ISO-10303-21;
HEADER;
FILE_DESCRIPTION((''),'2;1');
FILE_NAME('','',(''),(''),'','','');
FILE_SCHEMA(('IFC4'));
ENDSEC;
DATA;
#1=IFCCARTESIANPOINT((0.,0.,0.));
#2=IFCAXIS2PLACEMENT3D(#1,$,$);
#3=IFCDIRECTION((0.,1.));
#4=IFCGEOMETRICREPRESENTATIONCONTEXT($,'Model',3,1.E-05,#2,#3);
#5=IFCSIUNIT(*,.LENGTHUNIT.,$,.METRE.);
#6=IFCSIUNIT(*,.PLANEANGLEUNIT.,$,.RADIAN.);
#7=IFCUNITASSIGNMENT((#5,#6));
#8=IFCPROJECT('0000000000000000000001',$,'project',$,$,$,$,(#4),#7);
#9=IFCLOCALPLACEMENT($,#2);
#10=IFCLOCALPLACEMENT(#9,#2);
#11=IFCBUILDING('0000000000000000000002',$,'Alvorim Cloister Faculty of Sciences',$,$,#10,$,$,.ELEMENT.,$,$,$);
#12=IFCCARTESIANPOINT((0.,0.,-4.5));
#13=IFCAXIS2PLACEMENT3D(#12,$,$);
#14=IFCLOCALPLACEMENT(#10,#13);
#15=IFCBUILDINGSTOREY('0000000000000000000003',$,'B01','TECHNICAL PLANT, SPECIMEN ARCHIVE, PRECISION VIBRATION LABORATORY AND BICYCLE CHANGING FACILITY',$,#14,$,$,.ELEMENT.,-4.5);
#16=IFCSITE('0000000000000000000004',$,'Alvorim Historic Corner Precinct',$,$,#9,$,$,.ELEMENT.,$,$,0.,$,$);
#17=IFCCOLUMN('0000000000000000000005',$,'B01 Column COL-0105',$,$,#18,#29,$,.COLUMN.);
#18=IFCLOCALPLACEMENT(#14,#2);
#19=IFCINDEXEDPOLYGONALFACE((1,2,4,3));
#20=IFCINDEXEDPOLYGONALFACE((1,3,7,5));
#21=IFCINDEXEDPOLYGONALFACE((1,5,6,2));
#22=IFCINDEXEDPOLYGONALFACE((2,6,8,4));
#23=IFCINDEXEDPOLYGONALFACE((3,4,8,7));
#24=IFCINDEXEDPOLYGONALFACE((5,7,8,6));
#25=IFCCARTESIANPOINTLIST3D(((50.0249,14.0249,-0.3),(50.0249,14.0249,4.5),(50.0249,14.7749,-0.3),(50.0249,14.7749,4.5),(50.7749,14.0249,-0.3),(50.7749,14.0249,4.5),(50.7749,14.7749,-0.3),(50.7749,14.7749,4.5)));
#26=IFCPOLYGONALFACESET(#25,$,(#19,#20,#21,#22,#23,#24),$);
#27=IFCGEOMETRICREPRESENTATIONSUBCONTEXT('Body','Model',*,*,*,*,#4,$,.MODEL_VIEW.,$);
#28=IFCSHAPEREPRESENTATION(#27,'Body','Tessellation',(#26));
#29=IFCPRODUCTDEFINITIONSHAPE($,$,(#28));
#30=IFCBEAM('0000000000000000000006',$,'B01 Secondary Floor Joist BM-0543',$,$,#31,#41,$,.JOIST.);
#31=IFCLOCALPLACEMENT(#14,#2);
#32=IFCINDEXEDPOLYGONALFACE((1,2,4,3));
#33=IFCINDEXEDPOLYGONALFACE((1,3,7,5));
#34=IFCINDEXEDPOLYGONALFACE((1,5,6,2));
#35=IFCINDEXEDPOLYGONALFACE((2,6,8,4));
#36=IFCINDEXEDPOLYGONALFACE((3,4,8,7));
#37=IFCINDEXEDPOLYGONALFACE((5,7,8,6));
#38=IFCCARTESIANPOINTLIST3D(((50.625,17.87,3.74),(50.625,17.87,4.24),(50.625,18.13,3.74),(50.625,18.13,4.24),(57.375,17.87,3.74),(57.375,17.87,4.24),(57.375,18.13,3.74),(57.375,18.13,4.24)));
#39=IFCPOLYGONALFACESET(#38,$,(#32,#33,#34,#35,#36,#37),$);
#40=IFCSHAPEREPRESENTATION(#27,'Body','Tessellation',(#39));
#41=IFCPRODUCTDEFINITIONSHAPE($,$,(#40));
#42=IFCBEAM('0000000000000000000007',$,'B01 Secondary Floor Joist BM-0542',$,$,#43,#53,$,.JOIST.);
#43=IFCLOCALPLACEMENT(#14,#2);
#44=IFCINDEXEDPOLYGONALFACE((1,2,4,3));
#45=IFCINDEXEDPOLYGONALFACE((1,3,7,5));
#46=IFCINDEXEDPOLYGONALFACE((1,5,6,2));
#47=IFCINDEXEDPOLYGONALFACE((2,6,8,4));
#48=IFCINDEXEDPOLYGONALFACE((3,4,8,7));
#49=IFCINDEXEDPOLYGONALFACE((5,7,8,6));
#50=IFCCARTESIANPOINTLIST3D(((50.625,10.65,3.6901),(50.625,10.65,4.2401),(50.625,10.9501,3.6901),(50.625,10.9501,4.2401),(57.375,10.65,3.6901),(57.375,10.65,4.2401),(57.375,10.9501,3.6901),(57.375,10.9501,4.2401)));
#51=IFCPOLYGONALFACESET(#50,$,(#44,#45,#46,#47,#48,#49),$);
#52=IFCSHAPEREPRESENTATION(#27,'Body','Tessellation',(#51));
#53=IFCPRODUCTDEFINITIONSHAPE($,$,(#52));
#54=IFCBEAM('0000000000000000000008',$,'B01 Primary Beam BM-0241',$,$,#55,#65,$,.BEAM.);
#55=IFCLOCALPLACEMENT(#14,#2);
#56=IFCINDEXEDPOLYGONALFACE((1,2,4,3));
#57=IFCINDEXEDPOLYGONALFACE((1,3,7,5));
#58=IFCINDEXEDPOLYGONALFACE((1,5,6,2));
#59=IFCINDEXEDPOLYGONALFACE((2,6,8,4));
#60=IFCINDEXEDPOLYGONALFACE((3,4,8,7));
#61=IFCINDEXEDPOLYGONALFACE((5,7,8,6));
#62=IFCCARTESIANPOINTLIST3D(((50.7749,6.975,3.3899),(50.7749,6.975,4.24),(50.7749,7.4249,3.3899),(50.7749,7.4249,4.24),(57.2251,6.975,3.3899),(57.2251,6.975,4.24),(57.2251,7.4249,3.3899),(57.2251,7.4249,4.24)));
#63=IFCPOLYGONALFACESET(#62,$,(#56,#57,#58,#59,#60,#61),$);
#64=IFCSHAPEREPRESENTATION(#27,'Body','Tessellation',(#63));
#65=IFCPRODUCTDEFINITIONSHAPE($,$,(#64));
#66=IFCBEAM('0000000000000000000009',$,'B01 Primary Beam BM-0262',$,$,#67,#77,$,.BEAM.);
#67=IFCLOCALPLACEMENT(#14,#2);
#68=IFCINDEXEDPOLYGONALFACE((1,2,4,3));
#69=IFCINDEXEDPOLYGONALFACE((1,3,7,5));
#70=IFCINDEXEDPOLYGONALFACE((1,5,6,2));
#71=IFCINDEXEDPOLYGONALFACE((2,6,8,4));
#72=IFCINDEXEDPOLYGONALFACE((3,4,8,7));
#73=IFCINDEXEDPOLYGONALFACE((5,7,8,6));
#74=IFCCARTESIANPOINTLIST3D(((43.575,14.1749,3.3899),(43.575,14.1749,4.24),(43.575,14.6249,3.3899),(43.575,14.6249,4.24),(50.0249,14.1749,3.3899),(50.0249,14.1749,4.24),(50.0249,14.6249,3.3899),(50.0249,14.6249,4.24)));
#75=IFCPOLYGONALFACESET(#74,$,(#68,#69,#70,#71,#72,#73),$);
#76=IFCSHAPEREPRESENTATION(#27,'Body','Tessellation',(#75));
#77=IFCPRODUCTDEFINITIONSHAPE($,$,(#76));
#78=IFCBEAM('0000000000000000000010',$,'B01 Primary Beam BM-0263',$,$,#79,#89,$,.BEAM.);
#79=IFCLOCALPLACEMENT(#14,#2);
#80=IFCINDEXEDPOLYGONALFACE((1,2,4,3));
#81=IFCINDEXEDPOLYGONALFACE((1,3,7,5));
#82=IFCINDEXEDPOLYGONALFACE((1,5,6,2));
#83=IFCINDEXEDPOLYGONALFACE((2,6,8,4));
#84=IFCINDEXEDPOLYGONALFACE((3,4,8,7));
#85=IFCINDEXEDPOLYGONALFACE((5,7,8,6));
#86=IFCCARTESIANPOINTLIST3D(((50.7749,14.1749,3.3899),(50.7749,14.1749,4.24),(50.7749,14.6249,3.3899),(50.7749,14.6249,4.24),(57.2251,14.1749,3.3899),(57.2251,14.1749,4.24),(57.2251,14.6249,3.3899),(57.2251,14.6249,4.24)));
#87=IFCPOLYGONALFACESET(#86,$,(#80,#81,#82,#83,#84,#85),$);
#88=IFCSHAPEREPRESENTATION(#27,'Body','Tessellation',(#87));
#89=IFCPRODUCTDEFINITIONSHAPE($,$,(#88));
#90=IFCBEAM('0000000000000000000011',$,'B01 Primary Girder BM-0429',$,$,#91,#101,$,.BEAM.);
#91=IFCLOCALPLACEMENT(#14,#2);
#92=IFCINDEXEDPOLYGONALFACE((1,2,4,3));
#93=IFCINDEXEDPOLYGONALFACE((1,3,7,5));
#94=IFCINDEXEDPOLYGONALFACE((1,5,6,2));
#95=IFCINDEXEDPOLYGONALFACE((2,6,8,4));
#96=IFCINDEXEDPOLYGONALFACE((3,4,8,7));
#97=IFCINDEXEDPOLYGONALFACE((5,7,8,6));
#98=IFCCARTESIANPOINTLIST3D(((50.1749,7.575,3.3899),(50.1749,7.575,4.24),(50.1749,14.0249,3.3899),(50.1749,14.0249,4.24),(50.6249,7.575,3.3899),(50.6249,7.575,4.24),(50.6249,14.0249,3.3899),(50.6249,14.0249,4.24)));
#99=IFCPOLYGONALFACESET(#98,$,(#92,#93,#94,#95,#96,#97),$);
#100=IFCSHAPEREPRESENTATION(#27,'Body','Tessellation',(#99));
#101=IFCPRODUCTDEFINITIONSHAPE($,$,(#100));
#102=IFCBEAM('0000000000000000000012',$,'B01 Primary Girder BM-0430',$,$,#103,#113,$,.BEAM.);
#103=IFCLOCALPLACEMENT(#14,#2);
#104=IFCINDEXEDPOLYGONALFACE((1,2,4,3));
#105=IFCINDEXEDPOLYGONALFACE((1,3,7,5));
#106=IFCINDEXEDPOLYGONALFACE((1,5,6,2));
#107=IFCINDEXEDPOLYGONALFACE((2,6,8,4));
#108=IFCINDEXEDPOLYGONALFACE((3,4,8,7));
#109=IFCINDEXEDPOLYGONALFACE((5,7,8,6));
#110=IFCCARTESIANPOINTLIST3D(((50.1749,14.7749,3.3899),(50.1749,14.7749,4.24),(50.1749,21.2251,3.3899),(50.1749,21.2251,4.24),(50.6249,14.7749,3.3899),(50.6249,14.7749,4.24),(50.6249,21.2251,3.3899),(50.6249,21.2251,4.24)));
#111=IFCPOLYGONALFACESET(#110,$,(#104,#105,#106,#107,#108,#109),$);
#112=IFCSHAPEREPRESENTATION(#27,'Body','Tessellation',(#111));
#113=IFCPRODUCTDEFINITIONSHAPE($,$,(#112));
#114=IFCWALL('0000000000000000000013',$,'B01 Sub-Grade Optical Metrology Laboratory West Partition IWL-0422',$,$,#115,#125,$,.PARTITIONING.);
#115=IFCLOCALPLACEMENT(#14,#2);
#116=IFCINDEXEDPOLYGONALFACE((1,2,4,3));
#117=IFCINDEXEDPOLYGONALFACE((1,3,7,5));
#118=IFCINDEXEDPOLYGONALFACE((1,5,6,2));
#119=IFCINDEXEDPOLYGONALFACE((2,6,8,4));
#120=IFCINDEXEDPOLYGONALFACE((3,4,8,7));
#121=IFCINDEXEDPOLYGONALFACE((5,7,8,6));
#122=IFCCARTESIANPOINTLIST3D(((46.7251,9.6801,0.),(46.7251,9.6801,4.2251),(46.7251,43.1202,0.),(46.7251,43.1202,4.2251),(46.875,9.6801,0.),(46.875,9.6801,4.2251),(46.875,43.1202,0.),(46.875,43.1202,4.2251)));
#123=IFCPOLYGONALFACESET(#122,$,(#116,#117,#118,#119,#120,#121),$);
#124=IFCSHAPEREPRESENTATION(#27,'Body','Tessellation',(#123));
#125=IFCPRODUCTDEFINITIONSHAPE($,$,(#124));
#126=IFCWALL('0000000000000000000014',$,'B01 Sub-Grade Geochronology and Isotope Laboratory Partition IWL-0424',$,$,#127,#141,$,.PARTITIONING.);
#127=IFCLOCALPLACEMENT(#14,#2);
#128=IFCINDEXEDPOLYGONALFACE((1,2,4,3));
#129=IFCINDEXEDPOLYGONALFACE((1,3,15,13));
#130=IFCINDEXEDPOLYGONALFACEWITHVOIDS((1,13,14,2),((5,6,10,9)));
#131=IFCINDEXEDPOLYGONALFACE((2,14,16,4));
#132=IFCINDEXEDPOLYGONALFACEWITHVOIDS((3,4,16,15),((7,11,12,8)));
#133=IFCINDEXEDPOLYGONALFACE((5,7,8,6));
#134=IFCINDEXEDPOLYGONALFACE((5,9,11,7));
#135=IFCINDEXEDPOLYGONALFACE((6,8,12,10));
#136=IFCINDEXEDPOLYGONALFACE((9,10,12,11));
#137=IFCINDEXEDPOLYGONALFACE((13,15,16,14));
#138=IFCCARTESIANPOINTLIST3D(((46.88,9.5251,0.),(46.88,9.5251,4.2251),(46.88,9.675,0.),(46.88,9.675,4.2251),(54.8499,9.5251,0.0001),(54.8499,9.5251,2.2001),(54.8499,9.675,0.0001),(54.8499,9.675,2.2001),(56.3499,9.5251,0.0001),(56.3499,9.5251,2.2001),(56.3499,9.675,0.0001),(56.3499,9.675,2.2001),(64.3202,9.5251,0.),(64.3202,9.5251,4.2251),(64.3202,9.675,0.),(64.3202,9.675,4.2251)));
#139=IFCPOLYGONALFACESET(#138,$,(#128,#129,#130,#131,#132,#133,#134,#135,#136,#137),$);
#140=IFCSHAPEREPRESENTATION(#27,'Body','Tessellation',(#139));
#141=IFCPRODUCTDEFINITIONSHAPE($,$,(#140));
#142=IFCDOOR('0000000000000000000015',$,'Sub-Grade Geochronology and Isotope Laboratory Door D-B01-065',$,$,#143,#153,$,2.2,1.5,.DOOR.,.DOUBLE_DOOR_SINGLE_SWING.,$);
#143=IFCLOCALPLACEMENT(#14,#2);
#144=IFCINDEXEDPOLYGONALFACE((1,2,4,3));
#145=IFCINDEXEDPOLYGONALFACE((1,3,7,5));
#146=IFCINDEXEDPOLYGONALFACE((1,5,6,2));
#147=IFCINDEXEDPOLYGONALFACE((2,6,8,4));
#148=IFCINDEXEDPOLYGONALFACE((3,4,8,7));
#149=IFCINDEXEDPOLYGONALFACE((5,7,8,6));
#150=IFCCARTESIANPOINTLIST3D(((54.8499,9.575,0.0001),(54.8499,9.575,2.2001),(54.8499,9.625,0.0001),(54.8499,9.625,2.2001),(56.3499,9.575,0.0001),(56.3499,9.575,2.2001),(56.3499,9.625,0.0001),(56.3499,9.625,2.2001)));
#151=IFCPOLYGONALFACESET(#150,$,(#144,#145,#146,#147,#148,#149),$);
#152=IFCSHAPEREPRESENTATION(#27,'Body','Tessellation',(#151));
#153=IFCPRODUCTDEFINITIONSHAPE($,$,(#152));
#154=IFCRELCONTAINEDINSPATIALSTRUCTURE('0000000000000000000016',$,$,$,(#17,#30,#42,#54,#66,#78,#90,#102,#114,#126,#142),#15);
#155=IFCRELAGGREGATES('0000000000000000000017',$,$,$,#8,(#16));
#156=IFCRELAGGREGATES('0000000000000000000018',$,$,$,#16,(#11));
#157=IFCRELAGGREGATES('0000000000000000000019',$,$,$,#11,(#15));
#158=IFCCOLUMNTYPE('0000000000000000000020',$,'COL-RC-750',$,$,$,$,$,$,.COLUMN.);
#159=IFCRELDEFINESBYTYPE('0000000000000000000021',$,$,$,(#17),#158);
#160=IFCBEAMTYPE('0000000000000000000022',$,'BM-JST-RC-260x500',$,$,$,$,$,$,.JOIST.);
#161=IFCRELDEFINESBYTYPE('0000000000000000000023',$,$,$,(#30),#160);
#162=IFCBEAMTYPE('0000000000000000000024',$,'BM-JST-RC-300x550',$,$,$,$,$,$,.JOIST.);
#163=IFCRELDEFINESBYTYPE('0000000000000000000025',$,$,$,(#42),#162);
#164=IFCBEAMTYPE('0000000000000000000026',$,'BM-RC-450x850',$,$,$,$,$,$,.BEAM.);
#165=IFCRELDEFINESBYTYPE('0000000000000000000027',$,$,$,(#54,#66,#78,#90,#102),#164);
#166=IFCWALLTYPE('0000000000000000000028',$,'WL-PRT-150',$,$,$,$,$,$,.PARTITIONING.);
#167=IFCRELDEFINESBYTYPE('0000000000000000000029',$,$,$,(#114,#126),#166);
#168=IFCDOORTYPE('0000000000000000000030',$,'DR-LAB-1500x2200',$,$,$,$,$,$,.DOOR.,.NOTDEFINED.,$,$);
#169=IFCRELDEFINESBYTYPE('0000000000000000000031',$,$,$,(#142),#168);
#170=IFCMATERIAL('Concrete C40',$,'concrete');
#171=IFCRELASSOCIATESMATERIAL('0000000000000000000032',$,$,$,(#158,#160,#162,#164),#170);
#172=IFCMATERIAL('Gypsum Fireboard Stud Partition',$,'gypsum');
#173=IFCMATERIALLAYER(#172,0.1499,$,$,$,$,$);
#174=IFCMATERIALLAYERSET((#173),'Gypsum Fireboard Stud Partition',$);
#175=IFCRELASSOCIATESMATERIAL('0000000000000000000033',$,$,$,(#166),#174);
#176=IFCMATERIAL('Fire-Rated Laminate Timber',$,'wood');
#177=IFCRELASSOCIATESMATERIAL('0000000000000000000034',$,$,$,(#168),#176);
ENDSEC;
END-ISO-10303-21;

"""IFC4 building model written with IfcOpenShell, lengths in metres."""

from ifc_helpers import new_model, si_unit, direction, frame, frame_2d, origin, origin_2d, place, context, subcontext, project, spatial, rectangle, extrude, material, layer, layer_set, material_profile, profile_set, type_object, element, fill, save


model = new_model("IFC4")

# Units and contexts
model_context = context("Model", 3, precision=1e-05, world=origin(), true_north=direction((0.0, 1.0)))
body_context = subcontext(model_context, "Body", "Model", "MODEL_VIEW")
ifc_project = project(units=[si_unit("LENGTHUNIT", "METRE"), si_unit("PLANEANGLEUNIT", "RADIAN")], contexts=[model_context])

# Site, building, storey
site_placement = place(None, origin())
site = spatial("IfcSite", under=ifc_project, at=site_placement, Name="Alvorim Historic Corner Precinct", CompositionType="ELEMENT", RefElevation=0.0)
building_placement = place(site_placement, origin())
building = spatial("IfcBuilding", under=site, at=building_placement, Name="Alvorim Cloister Faculty of Sciences", CompositionType="ELEMENT")
storey_placement = place(building_placement, frame((0.0, 0.0, -4.5)))
storey = spatial("IfcBuildingStorey", under=building, at=storey_placement, Name="B01", Description="TECHNICAL PLANT, SPECIMEN ARCHIVE, PRECISION VIBRATION LABORATORY AND BICYCLE CHANGING FACILITY", CompositionType="ELEMENT", Elevation=-4.5)

# Shared definitions
ifc_material_1 = material(Name="Concrete C40", Category="concrete")

# Column
ifc_material_profile_1 = material_profile(ifc_material_1, rectangle(XDim=0.75, YDim=0.75, at=origin_2d()), Name="RC40-COL-750x750")
ifc_profile_set_1 = profile_set([ifc_material_profile_1], Name="Concrete C40")
column_type_1 = type_object("IfcColumnType", Name="COL-RC-750", PredefinedType="COLUMN", material=ifc_profile_set_1)
column_1_placement = place(storey_placement, frame((50.3999, 14.3999, -0.3), z_axis=(0.0, 0.0, 1.0), x_axis=(1.0, 0.0, 0.0)))
element("IfcColumn", 1, at=column_1_placement, inside=storey, type_object=column_type_1, Name="B01 Column COL-0105", PredefinedType="COLUMN", context=body_context, shape_type="SweptSolid", body=[
    extrude(rectangle(XDim=0.75, YDim=0.75, at=origin_2d()), origin(), (0.0, 0.0, 1.0), 4.8),
])

# Beams
ifc_material_profile_2 = material_profile(ifc_material_1, rectangle(XDim=0.26, YDim=0.5, at=origin_2d()), Name="RC40-JST-260x500")
ifc_profile_set_2 = profile_set([ifc_material_profile_2], Name="Concrete C40")
beam_type_1 = type_object("IfcBeamType", Name="BM-JST-RC-260x500", PredefinedType="JOIST", material=ifc_profile_set_2)
beam_1_placement = place(storey_placement, frame((50.625, 18.0, 3.99), z_axis=(1.0, 0.0, 0.0), x_axis=(0.0, 1.0, 0.0)))
element("IfcBeam", 2, at=beam_1_placement, inside=storey, type_object=beam_type_1, Name="B01 Secondary Floor Joist BM-0543", PredefinedType="JOIST", context=body_context, shape_type="SweptSolid", body=[
    extrude(rectangle(XDim=0.26, YDim=0.5, at=origin_2d()), origin(), (0.0, 0.0, 1.0), 6.75),
])
ifc_material_profile_3 = material_profile(ifc_material_1, rectangle(XDim=0.3, YDim=0.55, at=origin_2d()), Name="RC40-JST-300x550")
ifc_profile_set_3 = profile_set([ifc_material_profile_3], Name="Concrete C40")
beam_type_2 = type_object("IfcBeamType", Name="BM-JST-RC-300x550", PredefinedType="JOIST", material=ifc_profile_set_3)
beam_2_placement = place(storey_placement, frame((50.625, 10.8, 3.9651), z_axis=(1.0, 0.0, 0.0), x_axis=(0.0, 1.0, 0.0)))
element("IfcBeam", 3, at=beam_2_placement, inside=storey, type_object=beam_type_2, Name="B01 Secondary Floor Joist BM-0542", PredefinedType="JOIST", context=body_context, shape_type="SweptSolid", body=[
    extrude(rectangle(XDim=0.3, YDim=0.55, at=origin_2d()), origin(), (0.0, 0.0, 1.0), 6.75),
])
ifc_material_profile_4 = material_profile(ifc_material_1, rectangle(XDim=0.45, YDim=0.8501, at=origin_2d()), Name="RC40-BM-450x850")
ifc_profile_set_4 = profile_set([ifc_material_profile_4], Name="Concrete C40")
beam_type_3 = type_object("IfcBeamType", Name="BM-RC-450x850", PredefinedType="BEAM", material=ifc_profile_set_4)
beam_3_placement = place(storey_placement, frame((50.7749, 7.2, 3.8149), z_axis=(1.0, 0.0, 0.0), x_axis=(0.0, 1.0, 0.0)))
element("IfcBeam", 4, at=beam_3_placement, inside=storey, type_object=beam_type_3, Name="B01 Primary Beam BM-0241", PredefinedType="BEAM", context=body_context, shape_type="SweptSolid", body=[
    extrude(rectangle(XDim=0.45, YDim=0.8501, at=origin_2d()), origin(), (0.0, 0.0, 1.0), 6.4502),
])
beam_4_placement = place(storey_placement, frame((43.575, 14.3999, 3.8149), z_axis=(1.0, 0.0, 0.0), x_axis=(0.0, 1.0, 0.0)))
element("IfcBeam", 5, at=beam_4_placement, inside=storey, type_object=beam_type_3, Name="B01 Primary Beam BM-0262", PredefinedType="BEAM", context=body_context, shape_type="SweptSolid", body=[
    extrude(rectangle(XDim=0.45, YDim=0.8501, at=origin_2d()), origin(), (0.0, 0.0, 1.0), 6.45),
])
beam_5_placement = place(storey_placement, frame((50.7749, 14.3999, 3.8149), z_axis=(1.0, 0.0, 0.0), x_axis=(0.0, 1.0, 0.0)))
element("IfcBeam", 6, at=beam_5_placement, inside=storey, type_object=beam_type_3, Name="B01 Primary Beam BM-0263", PredefinedType="BEAM", context=body_context, shape_type="SweptSolid", body=[
    extrude(rectangle(XDim=0.45, YDim=0.8501, at=origin_2d()), origin(), (0.0, 0.0, 1.0), 6.4502),
])
beam_6_placement = place(storey_placement, frame((50.3999, 7.575, 3.8149), z_axis=(0.0, 1.0, 0.0), x_axis=(-1.0, 0.0, 0.0)))
element("IfcBeam", 7, at=beam_6_placement, inside=storey, type_object=beam_type_3, Name="B01 Primary Girder BM-0429", PredefinedType="BEAM", context=body_context, shape_type="SweptSolid", body=[
    extrude(rectangle(XDim=0.45, YDim=0.8501, at=origin_2d()), origin(), (0.0, 0.0, 1.0), 6.45),
])
beam_7_placement = place(storey_placement, frame((50.3999, 14.7749, 3.8149), z_axis=(0.0, 1.0, 0.0), x_axis=(-1.0, 0.0, 0.0)))
element("IfcBeam", 8, at=beam_7_placement, inside=storey, type_object=beam_type_3, Name="B01 Primary Girder BM-0430", PredefinedType="BEAM", context=body_context, shape_type="SweptSolid", body=[
    extrude(rectangle(XDim=0.45, YDim=0.8501, at=origin_2d()), origin(), (0.0, 0.0, 1.0), 6.4502),
])

# Wall
ifc_material_2 = material(Name="Gypsum Fireboard Stud Partition", Category="gypsum")
ifc_layer = layer(ifc_material_2, 0.1499)
ifc_layer_set = layer_set([ifc_layer], Name="Gypsum Fireboard Stud Partition")
wall_type = type_object("IfcWallType", Name="WL-PRT-150", PredefinedType="PARTITIONING", material=ifc_layer_set)
wall_1_placement = place(storey_placement, frame((46.8, 9.6799, 0.0), z_axis=(0.0, 0.0, 1.0), x_axis=(0.0, 1.0, 0.0)))
element("IfcWall", 9, at=wall_1_placement, inside=storey, type_object=wall_type, Name="B01 Sub-Grade Optical Metrology Laboratory West Partition IWL-0422", PredefinedType="PARTITIONING", context=body_context, shape_type="SweptSolid", body=[
    extrude(rectangle(XDim=33.4402, YDim=0.1499, at=frame_2d((16.7202, 0.0))), origin(), (0.0, 0.0, 1.0), 4.2251),
])

# Wall, opening, door
wall_2_placement = place(storey_placement, frame((46.8799, 9.6001, 0.0), z_axis=(0.0, 0.0, 1.0), x_axis=(1.0, 0.0, 0.0)))
wall_2 = element("IfcWall", 10, at=wall_2_placement, inside=storey, type_object=wall_type, Name="B01 Sub-Grade Geochronology and Isotope Laboratory Partition IWL-0424", PredefinedType="PARTITIONING", context=body_context, shape_type="SweptSolid", body=[
    extrude(rectangle(XDim=17.4402, YDim=0.1499, at=frame_2d((8.7202, 0.0))), origin(), (0.0, 0.0, 1.0), 4.2251),
])
opening_placement = place(wall_2_placement, frame((7.97, 0.0, 0.0)))
opening = element("IfcOpeningElement", 11, at=opening_placement, cuts=wall_2, PredefinedType="OPENING", context=body_context, shape_type="SweptSolid", body=[
    extrude(rectangle(XDim=1.5, YDim=2.2, at=frame_2d((0.75, 1.1001))), frame((0.0, 0.0869, 0.0), z_axis=(0.0, -1.0, 0.0), x_axis=(1.0, 0.0, 0.0)), (0.0, 0.0, 1.0), 0.1738),
])
ifc_material_3 = material(Name="Fire-Rated Laminate Timber", Category="wood")
door_type = type_object("IfcDoorType", Name="DR-LAB-1500x2200", OperationType="NOTDEFINED", PredefinedType="DOOR", material=ifc_material_3)
door_placement = place(opening_placement, origin())
door = element("IfcDoor", 12, at=door_placement, inside=storey, type_object=door_type, Name="Sub-Grade Geochronology and Isotope Laboratory Door D-B01-065", OperationType="DOUBLE_DOOR_SINGLE_SWING", OverallHeight=2.2, OverallWidth=1.5, PredefinedType="DOOR", context=body_context, shape_type="SweptSolid", body=[
    extrude(rectangle(XDim=1.5, YDim=2.2, at=frame_2d((0.75, 1.1001))), frame((0.0, 0.0249, 0.0), z_axis=(0.0, -1.0, 0.0), x_axis=(1.0, 0.0, 0.0)), (0.0, 0.0, 1.0), 0.05),
])
fill(opening, door)

save(model, "model.ifc")
